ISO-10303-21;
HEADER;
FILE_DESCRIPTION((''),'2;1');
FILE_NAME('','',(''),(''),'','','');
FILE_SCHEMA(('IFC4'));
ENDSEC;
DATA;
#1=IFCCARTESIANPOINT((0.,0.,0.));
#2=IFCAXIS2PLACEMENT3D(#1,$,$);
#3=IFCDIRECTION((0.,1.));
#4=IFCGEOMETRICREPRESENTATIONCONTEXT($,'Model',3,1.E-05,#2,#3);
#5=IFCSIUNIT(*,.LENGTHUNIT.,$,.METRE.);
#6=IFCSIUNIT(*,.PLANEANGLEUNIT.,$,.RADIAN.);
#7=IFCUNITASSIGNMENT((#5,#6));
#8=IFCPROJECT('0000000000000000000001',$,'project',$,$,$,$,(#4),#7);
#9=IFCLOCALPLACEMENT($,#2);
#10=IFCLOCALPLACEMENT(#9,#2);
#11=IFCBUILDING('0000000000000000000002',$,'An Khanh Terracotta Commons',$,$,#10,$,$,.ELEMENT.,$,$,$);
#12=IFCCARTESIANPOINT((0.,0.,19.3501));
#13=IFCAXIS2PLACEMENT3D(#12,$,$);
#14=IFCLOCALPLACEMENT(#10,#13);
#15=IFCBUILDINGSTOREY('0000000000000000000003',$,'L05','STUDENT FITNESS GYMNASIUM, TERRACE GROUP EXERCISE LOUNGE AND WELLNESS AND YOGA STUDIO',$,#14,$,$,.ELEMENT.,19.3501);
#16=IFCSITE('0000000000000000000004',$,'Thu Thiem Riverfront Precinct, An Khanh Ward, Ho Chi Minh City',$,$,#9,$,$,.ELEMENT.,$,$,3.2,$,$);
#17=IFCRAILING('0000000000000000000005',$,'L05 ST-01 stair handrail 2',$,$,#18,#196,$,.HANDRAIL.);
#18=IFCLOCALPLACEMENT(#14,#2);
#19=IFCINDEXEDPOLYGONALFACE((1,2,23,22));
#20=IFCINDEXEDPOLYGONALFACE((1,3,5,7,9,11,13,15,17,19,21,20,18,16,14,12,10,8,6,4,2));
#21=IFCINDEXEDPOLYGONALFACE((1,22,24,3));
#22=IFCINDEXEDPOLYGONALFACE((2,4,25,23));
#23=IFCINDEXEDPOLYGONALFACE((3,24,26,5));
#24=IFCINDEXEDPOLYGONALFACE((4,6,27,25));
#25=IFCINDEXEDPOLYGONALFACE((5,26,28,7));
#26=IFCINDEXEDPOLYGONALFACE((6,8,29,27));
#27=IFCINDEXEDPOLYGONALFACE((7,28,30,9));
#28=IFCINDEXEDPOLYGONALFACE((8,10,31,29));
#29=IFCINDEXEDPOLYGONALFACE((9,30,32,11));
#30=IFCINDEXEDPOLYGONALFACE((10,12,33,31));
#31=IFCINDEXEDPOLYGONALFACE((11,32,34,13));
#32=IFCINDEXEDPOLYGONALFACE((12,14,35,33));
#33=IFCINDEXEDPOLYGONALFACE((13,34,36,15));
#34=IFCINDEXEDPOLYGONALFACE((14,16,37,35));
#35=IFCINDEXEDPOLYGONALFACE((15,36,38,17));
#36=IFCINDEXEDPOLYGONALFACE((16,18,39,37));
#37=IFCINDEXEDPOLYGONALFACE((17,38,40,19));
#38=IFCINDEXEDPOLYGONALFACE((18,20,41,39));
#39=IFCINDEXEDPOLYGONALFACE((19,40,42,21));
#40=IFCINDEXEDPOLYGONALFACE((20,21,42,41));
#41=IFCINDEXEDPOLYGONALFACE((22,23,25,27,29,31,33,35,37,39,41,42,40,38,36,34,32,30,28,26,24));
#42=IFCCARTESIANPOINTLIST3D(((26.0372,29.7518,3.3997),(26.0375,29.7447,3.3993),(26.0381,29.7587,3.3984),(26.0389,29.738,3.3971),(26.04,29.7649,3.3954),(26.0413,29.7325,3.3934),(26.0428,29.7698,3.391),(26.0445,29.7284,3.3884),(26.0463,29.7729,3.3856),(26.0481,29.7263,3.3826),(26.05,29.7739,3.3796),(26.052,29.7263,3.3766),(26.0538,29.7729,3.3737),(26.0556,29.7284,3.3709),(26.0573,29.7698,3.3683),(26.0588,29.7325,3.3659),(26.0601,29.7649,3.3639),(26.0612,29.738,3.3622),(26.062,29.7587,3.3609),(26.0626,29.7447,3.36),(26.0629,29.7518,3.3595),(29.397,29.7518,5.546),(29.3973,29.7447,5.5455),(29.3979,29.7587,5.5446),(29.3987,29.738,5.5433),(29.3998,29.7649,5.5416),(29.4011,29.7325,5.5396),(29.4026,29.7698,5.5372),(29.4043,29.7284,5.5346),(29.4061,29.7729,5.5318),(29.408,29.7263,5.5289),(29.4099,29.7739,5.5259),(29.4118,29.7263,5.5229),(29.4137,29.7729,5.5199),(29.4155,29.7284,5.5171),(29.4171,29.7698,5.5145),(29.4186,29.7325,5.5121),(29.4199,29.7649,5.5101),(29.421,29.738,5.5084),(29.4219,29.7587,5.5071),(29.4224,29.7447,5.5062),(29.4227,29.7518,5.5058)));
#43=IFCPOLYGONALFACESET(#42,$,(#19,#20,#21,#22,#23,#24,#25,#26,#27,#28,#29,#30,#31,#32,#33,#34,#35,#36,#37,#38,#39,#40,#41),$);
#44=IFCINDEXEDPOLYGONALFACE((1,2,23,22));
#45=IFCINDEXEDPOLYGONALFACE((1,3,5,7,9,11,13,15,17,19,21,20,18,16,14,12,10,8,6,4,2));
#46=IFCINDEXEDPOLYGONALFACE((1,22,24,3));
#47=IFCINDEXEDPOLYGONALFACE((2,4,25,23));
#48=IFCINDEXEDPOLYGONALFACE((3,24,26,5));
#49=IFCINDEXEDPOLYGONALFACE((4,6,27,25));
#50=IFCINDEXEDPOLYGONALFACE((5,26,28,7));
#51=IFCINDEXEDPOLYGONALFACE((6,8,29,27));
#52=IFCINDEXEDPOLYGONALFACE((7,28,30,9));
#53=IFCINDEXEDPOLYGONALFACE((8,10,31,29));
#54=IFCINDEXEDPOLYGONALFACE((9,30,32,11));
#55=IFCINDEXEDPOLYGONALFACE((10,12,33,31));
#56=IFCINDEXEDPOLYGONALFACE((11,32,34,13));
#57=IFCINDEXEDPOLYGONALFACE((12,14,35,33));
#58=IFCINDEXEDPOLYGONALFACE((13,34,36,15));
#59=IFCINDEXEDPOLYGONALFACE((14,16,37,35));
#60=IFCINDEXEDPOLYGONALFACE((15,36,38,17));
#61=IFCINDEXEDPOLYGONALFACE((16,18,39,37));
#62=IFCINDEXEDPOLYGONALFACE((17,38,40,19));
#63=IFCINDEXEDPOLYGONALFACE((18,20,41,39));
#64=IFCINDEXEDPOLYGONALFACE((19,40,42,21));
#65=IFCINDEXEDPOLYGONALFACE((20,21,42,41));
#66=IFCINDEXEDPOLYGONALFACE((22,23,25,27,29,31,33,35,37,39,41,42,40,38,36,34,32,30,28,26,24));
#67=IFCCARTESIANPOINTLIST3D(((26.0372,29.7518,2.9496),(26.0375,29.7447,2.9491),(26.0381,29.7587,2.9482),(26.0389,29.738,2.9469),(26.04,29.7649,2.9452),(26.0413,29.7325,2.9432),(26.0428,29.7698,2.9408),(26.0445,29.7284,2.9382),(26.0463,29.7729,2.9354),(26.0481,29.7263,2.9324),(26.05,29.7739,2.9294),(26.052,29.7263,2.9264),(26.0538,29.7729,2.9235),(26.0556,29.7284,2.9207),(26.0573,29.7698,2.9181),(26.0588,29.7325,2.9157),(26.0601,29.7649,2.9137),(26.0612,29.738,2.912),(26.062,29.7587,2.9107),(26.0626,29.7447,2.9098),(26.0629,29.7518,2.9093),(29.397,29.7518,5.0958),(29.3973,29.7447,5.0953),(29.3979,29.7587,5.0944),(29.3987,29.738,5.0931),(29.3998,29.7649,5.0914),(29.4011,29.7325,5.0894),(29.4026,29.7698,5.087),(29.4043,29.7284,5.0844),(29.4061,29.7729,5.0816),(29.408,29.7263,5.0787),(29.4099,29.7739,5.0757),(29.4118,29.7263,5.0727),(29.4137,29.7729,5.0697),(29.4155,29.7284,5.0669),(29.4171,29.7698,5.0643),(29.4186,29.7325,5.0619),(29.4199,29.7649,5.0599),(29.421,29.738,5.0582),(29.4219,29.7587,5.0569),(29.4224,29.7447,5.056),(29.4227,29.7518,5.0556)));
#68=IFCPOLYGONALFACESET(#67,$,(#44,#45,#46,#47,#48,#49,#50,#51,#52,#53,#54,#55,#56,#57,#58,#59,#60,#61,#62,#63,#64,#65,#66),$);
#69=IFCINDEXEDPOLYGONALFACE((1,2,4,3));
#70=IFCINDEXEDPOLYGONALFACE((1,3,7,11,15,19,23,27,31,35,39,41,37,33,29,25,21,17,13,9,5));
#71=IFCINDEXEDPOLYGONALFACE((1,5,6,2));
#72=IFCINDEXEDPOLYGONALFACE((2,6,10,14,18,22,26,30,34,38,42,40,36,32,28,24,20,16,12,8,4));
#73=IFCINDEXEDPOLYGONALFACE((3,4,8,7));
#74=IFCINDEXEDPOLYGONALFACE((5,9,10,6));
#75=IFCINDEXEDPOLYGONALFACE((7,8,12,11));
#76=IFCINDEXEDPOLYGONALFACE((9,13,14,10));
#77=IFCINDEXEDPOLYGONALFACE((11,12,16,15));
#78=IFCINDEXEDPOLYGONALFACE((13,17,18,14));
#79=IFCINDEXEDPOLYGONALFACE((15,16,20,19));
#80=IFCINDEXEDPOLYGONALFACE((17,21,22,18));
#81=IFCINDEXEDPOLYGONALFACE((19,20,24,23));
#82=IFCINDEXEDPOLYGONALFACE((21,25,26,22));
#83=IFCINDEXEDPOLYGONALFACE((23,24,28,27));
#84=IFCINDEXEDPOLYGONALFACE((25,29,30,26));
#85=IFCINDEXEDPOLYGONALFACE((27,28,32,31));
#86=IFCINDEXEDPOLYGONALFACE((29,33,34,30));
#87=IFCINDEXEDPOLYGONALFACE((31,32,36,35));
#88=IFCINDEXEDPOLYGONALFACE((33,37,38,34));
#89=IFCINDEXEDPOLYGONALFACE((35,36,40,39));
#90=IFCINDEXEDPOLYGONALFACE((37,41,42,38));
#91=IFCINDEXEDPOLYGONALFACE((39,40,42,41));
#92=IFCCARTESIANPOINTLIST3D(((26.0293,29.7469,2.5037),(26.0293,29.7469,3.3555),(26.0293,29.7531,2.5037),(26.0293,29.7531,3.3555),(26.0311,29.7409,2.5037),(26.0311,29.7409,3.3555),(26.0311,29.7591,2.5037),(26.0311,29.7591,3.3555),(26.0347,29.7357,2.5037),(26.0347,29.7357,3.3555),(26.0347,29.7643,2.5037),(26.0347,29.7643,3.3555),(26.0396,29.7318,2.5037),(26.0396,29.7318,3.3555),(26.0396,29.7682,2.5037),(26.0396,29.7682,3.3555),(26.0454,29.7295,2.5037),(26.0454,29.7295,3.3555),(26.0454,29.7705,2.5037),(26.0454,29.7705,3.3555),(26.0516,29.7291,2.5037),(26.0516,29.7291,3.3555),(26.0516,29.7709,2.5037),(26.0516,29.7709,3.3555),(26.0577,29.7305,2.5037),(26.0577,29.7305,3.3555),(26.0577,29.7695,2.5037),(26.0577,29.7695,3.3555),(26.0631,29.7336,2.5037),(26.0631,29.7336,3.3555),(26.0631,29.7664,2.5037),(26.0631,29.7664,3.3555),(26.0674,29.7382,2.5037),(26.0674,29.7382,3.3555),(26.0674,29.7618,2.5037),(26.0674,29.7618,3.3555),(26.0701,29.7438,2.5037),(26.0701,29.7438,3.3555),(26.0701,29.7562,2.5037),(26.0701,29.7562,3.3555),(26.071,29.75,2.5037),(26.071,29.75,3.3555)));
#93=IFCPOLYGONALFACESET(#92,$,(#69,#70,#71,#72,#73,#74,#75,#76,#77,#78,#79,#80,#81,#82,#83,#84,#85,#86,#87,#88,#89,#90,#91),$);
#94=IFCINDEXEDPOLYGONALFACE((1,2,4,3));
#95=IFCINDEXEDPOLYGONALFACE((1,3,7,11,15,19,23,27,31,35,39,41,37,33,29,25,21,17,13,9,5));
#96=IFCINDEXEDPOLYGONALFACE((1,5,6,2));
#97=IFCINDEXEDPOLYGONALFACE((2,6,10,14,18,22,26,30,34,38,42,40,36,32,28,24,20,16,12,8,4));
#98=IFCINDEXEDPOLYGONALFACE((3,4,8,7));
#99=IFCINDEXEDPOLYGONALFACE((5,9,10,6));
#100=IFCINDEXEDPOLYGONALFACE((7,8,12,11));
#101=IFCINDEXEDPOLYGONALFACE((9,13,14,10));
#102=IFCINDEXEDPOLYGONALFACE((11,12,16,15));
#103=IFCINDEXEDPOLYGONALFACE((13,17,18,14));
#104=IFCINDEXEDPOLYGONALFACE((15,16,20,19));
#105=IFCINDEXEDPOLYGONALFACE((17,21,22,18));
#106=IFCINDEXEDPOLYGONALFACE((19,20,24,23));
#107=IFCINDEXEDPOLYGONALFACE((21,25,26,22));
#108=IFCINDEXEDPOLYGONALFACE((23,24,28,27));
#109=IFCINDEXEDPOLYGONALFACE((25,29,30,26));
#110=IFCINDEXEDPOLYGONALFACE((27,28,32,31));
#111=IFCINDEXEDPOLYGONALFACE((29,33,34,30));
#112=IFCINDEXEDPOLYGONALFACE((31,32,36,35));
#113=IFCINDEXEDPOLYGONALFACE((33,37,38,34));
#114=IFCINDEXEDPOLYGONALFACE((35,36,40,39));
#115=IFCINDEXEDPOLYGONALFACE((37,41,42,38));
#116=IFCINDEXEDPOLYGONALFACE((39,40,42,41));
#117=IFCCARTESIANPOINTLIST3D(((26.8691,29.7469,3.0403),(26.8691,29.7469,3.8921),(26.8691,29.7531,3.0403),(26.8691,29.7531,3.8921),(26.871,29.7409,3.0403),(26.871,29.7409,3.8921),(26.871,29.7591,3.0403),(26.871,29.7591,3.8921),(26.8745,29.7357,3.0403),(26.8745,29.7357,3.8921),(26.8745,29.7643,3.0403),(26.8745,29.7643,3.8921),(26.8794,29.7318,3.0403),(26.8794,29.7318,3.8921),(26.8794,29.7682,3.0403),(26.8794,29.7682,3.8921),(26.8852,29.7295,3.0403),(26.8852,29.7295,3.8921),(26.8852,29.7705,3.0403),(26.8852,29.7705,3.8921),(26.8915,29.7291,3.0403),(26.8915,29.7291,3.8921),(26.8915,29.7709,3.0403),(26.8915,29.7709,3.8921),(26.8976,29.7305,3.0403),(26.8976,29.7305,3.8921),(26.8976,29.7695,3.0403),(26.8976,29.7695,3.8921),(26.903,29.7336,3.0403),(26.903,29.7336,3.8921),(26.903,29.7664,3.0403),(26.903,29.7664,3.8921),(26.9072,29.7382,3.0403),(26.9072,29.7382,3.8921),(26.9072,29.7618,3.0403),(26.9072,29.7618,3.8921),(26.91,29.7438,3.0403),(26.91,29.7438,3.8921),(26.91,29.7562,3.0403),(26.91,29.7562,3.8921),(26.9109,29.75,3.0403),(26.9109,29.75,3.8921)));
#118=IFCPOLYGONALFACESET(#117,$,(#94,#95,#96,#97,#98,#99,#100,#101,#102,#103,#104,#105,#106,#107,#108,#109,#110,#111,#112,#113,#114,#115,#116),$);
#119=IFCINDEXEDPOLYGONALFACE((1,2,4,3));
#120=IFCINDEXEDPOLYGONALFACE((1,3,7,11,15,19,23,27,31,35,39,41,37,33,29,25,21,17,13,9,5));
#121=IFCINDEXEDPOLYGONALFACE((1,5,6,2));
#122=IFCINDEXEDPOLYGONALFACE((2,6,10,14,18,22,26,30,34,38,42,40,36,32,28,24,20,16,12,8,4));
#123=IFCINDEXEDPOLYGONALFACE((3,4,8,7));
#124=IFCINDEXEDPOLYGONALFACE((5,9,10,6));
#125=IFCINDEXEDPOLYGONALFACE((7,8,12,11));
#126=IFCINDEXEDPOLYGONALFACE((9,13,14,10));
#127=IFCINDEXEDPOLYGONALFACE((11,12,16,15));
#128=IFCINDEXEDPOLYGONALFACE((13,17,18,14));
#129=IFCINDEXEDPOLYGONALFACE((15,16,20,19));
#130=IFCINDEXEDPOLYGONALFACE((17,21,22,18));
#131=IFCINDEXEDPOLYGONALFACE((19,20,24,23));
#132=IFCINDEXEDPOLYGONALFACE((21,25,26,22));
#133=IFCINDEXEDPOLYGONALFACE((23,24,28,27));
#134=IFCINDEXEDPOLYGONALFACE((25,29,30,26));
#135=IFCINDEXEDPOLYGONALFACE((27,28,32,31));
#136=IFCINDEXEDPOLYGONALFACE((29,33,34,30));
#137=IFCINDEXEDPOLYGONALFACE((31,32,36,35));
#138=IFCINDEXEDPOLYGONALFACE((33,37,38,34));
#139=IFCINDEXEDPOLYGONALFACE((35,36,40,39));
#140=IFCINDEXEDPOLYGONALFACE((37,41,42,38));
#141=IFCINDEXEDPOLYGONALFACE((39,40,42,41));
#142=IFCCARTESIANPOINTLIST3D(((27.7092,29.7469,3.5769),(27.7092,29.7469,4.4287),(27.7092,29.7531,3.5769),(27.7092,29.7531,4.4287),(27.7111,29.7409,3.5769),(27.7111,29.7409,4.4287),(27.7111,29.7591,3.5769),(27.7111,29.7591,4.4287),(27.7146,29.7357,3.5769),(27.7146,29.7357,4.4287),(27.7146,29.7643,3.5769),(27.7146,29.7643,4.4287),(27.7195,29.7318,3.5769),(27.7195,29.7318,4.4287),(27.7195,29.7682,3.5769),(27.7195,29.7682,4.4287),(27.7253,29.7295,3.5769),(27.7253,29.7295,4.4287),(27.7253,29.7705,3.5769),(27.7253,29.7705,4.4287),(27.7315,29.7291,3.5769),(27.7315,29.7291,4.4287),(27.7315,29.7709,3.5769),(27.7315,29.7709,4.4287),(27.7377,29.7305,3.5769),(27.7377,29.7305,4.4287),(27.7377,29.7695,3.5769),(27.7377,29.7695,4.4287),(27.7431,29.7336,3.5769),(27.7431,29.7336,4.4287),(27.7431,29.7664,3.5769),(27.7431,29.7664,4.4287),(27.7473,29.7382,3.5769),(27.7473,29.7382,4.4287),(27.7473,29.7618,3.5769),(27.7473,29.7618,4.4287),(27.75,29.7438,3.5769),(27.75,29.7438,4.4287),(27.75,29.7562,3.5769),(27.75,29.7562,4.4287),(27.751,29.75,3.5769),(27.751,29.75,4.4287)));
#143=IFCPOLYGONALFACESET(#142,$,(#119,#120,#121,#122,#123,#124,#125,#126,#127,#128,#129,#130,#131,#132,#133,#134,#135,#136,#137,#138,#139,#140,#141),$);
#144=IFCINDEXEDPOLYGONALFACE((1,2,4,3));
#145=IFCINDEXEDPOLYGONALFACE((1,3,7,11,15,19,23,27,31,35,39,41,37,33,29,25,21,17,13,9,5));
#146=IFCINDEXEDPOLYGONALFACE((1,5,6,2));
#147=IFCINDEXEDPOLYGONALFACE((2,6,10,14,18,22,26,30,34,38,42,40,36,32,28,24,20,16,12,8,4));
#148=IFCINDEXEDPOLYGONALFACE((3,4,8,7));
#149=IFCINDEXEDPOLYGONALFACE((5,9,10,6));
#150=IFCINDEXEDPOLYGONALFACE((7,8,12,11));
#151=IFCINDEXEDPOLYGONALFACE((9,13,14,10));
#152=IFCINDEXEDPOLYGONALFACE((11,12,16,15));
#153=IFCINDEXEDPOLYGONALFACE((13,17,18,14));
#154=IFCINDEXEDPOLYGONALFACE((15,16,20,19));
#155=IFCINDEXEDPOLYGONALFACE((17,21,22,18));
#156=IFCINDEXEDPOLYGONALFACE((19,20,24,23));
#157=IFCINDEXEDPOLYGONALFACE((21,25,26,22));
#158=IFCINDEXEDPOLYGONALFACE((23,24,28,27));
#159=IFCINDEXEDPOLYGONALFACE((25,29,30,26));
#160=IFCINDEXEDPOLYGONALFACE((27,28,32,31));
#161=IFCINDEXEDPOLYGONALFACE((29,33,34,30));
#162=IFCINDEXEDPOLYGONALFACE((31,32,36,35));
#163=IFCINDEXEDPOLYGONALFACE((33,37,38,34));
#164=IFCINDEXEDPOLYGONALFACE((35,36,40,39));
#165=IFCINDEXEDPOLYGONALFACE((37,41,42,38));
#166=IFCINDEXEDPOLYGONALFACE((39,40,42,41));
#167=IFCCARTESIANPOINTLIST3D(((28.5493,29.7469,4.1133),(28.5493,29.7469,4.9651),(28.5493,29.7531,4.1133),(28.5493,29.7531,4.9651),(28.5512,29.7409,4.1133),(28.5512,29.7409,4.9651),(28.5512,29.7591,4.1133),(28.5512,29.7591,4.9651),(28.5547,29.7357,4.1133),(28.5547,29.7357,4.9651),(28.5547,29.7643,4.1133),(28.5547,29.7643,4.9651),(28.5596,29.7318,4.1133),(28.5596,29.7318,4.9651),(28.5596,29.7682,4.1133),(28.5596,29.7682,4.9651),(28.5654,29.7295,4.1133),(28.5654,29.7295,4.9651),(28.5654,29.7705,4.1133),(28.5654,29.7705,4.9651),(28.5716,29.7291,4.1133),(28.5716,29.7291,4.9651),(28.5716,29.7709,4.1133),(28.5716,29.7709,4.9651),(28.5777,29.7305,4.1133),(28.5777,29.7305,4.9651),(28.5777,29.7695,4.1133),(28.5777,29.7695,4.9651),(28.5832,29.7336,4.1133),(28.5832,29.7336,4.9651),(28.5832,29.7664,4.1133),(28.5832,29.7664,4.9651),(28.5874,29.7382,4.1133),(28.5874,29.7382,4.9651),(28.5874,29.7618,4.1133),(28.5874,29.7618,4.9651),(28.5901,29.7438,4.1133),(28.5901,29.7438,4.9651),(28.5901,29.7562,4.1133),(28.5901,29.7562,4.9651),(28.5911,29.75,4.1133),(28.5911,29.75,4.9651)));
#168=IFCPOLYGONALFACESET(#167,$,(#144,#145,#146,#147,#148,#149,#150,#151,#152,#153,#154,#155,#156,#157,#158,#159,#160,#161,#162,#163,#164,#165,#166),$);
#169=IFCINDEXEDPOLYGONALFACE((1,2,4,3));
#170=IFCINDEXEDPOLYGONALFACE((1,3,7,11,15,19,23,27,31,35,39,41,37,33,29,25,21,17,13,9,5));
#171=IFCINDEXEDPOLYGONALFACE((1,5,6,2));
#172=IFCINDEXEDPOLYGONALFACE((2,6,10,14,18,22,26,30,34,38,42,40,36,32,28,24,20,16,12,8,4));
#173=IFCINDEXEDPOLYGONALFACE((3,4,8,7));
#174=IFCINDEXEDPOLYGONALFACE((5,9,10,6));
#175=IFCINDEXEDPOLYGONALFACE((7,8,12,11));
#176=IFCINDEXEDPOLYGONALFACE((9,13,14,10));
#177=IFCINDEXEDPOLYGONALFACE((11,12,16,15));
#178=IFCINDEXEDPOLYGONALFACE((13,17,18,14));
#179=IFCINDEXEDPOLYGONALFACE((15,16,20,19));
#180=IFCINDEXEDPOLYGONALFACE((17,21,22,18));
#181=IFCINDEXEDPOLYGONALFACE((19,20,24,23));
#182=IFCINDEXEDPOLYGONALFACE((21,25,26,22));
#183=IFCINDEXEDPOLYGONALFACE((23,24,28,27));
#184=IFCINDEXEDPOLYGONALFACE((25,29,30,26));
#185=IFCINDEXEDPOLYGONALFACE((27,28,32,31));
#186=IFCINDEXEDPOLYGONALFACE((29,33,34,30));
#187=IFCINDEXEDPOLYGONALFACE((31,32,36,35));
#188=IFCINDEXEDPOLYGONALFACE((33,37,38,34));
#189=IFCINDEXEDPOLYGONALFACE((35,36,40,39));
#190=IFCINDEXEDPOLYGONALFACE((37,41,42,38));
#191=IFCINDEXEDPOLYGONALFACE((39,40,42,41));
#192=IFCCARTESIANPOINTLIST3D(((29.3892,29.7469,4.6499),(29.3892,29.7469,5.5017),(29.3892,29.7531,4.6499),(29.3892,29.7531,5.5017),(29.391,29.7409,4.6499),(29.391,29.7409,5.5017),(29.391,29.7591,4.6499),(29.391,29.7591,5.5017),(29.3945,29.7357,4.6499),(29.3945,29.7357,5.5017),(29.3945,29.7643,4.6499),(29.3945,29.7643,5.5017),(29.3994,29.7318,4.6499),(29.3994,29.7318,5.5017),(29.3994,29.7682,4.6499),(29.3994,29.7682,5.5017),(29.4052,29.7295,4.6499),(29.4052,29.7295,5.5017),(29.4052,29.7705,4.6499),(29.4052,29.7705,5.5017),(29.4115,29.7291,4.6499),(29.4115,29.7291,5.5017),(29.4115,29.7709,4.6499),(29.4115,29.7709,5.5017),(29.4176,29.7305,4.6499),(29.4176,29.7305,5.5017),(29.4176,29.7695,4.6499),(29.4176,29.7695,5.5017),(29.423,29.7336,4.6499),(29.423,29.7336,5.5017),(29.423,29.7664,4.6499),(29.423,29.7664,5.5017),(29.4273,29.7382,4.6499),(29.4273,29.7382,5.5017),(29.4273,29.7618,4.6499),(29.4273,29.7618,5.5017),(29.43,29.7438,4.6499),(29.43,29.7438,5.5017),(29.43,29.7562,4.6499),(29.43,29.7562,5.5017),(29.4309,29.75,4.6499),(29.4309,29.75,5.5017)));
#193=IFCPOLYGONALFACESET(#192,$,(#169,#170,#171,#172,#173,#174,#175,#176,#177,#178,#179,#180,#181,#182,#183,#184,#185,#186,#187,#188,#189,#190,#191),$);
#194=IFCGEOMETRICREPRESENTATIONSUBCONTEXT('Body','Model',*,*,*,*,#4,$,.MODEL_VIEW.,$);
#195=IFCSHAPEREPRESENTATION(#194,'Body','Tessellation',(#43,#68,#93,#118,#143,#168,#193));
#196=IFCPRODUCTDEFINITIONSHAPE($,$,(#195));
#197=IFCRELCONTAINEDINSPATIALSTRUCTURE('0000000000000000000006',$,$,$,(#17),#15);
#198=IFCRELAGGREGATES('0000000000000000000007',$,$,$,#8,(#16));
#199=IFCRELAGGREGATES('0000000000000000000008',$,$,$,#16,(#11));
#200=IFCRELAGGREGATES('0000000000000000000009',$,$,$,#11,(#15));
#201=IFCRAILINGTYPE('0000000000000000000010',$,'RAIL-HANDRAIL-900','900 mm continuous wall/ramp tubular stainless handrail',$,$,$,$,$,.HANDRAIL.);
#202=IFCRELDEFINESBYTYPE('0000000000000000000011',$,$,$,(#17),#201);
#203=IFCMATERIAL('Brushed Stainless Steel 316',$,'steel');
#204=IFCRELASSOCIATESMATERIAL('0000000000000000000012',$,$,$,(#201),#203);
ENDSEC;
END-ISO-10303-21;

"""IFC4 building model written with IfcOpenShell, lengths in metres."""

from ifc_helpers import new_model, si_unit, direction, frame, origin, origin_2d, place, context, subcontext, project, spatial, circle, extrude, material, type_object, element, save


model = new_model("IFC4")

# Units and contexts
model_context = context("Model", 3, precision=1e-05, world=origin(), true_north=direction((0.0, 1.0)))
body_context = subcontext(model_context, "Body", "Model", "MODEL_VIEW")
ifc_project = project(units=[si_unit("LENGTHUNIT", "METRE"), si_unit("PLANEANGLEUNIT", "RADIAN")], contexts=[model_context])

# Site, building, storey
site_placement = place(None, origin())
site = spatial("IfcSite", under=ifc_project, at=site_placement, Name="Thu Thiem Riverfront Precinct, An Khanh Ward, Ho Chi Minh City", CompositionType="ELEMENT", RefElevation=3.2)
building_placement = place(site_placement, origin())
building = spatial("IfcBuilding", under=site, at=building_placement, Name="An Khanh Terracotta Commons", CompositionType="ELEMENT")
storey_placement = place(building_placement, frame((0.0, 0.0, 19.3501)))
storey = spatial("IfcBuildingStorey", under=building, at=storey_placement, Name="L05", Description="STUDENT FITNESS GYMNASIUM, TERRACE GROUP EXERCISE LOUNGE AND WELLNESS AND YOGA STUDIO", CompositionType="ELEMENT", Elevation=19.3501)

# Railing
ifc_material_1 = material(Name="Brushed Stainless Steel 316", Category="steel")
railing_type_1 = type_object("IfcRailingType", Name="RAIL-HANDRAIL-900", Description="900 mm continuous wall/ramp tubular stainless handrail", PredefinedType="HANDRAIL", material=ifc_material_1)
railing_1_placement = place(storey_placement, frame((26.05, 29.75, 2.5037)))
element("IfcRailing", 1, at=railing_1_placement, inside=storey, type_object=railing_type_1, Name="L05 ST-01 stair handrail 2", PredefinedType="HANDRAIL", context=body_context, shape_type="SweptSolid", body=[
    extrude(circle(Radius=0.0239, at=origin_2d()), frame((0.0, 0.0, 0.876), z_axis=(0.842735, 0.0, 0.538329), x_axis=(0.0, 1.0, 0.0)), (0.0, 0.0, 1.0), 3.9868),
    extrude(circle(Radius=0.0239, at=origin_2d()), frame((0.0, 0.0, 0.4258), z_axis=(0.842735, 0.0, 0.538329), x_axis=(0.0, 1.0, 0.0)), (0.0, 0.0, 1.0), 3.9868),
    extrude(circle(Radius=0.021, at=origin_2d()), origin(), (0.0, 0.0, 1.0), 0.8518),
    extrude(circle(Radius=0.021, at=origin_2d()), frame((0.8398, 0.0, 0.5366)), (0.0, 0.0, 1.0), 0.8518),
    extrude(circle(Radius=0.021, at=origin_2d()), frame((1.6799, 0.0, 1.0732)), (0.0, 0.0, 1.0), 0.8518),
    extrude(circle(Radius=0.021, at=origin_2d()), frame((2.52, 0.0, 1.6096)), (0.0, 0.0, 1.0), 0.8518),
    extrude(circle(Radius=0.021, at=origin_2d()), frame((3.3599, 0.0, 2.1462)), (0.0, 0.0, 1.0), 0.8518),
])

save(model, "model.ifc")
